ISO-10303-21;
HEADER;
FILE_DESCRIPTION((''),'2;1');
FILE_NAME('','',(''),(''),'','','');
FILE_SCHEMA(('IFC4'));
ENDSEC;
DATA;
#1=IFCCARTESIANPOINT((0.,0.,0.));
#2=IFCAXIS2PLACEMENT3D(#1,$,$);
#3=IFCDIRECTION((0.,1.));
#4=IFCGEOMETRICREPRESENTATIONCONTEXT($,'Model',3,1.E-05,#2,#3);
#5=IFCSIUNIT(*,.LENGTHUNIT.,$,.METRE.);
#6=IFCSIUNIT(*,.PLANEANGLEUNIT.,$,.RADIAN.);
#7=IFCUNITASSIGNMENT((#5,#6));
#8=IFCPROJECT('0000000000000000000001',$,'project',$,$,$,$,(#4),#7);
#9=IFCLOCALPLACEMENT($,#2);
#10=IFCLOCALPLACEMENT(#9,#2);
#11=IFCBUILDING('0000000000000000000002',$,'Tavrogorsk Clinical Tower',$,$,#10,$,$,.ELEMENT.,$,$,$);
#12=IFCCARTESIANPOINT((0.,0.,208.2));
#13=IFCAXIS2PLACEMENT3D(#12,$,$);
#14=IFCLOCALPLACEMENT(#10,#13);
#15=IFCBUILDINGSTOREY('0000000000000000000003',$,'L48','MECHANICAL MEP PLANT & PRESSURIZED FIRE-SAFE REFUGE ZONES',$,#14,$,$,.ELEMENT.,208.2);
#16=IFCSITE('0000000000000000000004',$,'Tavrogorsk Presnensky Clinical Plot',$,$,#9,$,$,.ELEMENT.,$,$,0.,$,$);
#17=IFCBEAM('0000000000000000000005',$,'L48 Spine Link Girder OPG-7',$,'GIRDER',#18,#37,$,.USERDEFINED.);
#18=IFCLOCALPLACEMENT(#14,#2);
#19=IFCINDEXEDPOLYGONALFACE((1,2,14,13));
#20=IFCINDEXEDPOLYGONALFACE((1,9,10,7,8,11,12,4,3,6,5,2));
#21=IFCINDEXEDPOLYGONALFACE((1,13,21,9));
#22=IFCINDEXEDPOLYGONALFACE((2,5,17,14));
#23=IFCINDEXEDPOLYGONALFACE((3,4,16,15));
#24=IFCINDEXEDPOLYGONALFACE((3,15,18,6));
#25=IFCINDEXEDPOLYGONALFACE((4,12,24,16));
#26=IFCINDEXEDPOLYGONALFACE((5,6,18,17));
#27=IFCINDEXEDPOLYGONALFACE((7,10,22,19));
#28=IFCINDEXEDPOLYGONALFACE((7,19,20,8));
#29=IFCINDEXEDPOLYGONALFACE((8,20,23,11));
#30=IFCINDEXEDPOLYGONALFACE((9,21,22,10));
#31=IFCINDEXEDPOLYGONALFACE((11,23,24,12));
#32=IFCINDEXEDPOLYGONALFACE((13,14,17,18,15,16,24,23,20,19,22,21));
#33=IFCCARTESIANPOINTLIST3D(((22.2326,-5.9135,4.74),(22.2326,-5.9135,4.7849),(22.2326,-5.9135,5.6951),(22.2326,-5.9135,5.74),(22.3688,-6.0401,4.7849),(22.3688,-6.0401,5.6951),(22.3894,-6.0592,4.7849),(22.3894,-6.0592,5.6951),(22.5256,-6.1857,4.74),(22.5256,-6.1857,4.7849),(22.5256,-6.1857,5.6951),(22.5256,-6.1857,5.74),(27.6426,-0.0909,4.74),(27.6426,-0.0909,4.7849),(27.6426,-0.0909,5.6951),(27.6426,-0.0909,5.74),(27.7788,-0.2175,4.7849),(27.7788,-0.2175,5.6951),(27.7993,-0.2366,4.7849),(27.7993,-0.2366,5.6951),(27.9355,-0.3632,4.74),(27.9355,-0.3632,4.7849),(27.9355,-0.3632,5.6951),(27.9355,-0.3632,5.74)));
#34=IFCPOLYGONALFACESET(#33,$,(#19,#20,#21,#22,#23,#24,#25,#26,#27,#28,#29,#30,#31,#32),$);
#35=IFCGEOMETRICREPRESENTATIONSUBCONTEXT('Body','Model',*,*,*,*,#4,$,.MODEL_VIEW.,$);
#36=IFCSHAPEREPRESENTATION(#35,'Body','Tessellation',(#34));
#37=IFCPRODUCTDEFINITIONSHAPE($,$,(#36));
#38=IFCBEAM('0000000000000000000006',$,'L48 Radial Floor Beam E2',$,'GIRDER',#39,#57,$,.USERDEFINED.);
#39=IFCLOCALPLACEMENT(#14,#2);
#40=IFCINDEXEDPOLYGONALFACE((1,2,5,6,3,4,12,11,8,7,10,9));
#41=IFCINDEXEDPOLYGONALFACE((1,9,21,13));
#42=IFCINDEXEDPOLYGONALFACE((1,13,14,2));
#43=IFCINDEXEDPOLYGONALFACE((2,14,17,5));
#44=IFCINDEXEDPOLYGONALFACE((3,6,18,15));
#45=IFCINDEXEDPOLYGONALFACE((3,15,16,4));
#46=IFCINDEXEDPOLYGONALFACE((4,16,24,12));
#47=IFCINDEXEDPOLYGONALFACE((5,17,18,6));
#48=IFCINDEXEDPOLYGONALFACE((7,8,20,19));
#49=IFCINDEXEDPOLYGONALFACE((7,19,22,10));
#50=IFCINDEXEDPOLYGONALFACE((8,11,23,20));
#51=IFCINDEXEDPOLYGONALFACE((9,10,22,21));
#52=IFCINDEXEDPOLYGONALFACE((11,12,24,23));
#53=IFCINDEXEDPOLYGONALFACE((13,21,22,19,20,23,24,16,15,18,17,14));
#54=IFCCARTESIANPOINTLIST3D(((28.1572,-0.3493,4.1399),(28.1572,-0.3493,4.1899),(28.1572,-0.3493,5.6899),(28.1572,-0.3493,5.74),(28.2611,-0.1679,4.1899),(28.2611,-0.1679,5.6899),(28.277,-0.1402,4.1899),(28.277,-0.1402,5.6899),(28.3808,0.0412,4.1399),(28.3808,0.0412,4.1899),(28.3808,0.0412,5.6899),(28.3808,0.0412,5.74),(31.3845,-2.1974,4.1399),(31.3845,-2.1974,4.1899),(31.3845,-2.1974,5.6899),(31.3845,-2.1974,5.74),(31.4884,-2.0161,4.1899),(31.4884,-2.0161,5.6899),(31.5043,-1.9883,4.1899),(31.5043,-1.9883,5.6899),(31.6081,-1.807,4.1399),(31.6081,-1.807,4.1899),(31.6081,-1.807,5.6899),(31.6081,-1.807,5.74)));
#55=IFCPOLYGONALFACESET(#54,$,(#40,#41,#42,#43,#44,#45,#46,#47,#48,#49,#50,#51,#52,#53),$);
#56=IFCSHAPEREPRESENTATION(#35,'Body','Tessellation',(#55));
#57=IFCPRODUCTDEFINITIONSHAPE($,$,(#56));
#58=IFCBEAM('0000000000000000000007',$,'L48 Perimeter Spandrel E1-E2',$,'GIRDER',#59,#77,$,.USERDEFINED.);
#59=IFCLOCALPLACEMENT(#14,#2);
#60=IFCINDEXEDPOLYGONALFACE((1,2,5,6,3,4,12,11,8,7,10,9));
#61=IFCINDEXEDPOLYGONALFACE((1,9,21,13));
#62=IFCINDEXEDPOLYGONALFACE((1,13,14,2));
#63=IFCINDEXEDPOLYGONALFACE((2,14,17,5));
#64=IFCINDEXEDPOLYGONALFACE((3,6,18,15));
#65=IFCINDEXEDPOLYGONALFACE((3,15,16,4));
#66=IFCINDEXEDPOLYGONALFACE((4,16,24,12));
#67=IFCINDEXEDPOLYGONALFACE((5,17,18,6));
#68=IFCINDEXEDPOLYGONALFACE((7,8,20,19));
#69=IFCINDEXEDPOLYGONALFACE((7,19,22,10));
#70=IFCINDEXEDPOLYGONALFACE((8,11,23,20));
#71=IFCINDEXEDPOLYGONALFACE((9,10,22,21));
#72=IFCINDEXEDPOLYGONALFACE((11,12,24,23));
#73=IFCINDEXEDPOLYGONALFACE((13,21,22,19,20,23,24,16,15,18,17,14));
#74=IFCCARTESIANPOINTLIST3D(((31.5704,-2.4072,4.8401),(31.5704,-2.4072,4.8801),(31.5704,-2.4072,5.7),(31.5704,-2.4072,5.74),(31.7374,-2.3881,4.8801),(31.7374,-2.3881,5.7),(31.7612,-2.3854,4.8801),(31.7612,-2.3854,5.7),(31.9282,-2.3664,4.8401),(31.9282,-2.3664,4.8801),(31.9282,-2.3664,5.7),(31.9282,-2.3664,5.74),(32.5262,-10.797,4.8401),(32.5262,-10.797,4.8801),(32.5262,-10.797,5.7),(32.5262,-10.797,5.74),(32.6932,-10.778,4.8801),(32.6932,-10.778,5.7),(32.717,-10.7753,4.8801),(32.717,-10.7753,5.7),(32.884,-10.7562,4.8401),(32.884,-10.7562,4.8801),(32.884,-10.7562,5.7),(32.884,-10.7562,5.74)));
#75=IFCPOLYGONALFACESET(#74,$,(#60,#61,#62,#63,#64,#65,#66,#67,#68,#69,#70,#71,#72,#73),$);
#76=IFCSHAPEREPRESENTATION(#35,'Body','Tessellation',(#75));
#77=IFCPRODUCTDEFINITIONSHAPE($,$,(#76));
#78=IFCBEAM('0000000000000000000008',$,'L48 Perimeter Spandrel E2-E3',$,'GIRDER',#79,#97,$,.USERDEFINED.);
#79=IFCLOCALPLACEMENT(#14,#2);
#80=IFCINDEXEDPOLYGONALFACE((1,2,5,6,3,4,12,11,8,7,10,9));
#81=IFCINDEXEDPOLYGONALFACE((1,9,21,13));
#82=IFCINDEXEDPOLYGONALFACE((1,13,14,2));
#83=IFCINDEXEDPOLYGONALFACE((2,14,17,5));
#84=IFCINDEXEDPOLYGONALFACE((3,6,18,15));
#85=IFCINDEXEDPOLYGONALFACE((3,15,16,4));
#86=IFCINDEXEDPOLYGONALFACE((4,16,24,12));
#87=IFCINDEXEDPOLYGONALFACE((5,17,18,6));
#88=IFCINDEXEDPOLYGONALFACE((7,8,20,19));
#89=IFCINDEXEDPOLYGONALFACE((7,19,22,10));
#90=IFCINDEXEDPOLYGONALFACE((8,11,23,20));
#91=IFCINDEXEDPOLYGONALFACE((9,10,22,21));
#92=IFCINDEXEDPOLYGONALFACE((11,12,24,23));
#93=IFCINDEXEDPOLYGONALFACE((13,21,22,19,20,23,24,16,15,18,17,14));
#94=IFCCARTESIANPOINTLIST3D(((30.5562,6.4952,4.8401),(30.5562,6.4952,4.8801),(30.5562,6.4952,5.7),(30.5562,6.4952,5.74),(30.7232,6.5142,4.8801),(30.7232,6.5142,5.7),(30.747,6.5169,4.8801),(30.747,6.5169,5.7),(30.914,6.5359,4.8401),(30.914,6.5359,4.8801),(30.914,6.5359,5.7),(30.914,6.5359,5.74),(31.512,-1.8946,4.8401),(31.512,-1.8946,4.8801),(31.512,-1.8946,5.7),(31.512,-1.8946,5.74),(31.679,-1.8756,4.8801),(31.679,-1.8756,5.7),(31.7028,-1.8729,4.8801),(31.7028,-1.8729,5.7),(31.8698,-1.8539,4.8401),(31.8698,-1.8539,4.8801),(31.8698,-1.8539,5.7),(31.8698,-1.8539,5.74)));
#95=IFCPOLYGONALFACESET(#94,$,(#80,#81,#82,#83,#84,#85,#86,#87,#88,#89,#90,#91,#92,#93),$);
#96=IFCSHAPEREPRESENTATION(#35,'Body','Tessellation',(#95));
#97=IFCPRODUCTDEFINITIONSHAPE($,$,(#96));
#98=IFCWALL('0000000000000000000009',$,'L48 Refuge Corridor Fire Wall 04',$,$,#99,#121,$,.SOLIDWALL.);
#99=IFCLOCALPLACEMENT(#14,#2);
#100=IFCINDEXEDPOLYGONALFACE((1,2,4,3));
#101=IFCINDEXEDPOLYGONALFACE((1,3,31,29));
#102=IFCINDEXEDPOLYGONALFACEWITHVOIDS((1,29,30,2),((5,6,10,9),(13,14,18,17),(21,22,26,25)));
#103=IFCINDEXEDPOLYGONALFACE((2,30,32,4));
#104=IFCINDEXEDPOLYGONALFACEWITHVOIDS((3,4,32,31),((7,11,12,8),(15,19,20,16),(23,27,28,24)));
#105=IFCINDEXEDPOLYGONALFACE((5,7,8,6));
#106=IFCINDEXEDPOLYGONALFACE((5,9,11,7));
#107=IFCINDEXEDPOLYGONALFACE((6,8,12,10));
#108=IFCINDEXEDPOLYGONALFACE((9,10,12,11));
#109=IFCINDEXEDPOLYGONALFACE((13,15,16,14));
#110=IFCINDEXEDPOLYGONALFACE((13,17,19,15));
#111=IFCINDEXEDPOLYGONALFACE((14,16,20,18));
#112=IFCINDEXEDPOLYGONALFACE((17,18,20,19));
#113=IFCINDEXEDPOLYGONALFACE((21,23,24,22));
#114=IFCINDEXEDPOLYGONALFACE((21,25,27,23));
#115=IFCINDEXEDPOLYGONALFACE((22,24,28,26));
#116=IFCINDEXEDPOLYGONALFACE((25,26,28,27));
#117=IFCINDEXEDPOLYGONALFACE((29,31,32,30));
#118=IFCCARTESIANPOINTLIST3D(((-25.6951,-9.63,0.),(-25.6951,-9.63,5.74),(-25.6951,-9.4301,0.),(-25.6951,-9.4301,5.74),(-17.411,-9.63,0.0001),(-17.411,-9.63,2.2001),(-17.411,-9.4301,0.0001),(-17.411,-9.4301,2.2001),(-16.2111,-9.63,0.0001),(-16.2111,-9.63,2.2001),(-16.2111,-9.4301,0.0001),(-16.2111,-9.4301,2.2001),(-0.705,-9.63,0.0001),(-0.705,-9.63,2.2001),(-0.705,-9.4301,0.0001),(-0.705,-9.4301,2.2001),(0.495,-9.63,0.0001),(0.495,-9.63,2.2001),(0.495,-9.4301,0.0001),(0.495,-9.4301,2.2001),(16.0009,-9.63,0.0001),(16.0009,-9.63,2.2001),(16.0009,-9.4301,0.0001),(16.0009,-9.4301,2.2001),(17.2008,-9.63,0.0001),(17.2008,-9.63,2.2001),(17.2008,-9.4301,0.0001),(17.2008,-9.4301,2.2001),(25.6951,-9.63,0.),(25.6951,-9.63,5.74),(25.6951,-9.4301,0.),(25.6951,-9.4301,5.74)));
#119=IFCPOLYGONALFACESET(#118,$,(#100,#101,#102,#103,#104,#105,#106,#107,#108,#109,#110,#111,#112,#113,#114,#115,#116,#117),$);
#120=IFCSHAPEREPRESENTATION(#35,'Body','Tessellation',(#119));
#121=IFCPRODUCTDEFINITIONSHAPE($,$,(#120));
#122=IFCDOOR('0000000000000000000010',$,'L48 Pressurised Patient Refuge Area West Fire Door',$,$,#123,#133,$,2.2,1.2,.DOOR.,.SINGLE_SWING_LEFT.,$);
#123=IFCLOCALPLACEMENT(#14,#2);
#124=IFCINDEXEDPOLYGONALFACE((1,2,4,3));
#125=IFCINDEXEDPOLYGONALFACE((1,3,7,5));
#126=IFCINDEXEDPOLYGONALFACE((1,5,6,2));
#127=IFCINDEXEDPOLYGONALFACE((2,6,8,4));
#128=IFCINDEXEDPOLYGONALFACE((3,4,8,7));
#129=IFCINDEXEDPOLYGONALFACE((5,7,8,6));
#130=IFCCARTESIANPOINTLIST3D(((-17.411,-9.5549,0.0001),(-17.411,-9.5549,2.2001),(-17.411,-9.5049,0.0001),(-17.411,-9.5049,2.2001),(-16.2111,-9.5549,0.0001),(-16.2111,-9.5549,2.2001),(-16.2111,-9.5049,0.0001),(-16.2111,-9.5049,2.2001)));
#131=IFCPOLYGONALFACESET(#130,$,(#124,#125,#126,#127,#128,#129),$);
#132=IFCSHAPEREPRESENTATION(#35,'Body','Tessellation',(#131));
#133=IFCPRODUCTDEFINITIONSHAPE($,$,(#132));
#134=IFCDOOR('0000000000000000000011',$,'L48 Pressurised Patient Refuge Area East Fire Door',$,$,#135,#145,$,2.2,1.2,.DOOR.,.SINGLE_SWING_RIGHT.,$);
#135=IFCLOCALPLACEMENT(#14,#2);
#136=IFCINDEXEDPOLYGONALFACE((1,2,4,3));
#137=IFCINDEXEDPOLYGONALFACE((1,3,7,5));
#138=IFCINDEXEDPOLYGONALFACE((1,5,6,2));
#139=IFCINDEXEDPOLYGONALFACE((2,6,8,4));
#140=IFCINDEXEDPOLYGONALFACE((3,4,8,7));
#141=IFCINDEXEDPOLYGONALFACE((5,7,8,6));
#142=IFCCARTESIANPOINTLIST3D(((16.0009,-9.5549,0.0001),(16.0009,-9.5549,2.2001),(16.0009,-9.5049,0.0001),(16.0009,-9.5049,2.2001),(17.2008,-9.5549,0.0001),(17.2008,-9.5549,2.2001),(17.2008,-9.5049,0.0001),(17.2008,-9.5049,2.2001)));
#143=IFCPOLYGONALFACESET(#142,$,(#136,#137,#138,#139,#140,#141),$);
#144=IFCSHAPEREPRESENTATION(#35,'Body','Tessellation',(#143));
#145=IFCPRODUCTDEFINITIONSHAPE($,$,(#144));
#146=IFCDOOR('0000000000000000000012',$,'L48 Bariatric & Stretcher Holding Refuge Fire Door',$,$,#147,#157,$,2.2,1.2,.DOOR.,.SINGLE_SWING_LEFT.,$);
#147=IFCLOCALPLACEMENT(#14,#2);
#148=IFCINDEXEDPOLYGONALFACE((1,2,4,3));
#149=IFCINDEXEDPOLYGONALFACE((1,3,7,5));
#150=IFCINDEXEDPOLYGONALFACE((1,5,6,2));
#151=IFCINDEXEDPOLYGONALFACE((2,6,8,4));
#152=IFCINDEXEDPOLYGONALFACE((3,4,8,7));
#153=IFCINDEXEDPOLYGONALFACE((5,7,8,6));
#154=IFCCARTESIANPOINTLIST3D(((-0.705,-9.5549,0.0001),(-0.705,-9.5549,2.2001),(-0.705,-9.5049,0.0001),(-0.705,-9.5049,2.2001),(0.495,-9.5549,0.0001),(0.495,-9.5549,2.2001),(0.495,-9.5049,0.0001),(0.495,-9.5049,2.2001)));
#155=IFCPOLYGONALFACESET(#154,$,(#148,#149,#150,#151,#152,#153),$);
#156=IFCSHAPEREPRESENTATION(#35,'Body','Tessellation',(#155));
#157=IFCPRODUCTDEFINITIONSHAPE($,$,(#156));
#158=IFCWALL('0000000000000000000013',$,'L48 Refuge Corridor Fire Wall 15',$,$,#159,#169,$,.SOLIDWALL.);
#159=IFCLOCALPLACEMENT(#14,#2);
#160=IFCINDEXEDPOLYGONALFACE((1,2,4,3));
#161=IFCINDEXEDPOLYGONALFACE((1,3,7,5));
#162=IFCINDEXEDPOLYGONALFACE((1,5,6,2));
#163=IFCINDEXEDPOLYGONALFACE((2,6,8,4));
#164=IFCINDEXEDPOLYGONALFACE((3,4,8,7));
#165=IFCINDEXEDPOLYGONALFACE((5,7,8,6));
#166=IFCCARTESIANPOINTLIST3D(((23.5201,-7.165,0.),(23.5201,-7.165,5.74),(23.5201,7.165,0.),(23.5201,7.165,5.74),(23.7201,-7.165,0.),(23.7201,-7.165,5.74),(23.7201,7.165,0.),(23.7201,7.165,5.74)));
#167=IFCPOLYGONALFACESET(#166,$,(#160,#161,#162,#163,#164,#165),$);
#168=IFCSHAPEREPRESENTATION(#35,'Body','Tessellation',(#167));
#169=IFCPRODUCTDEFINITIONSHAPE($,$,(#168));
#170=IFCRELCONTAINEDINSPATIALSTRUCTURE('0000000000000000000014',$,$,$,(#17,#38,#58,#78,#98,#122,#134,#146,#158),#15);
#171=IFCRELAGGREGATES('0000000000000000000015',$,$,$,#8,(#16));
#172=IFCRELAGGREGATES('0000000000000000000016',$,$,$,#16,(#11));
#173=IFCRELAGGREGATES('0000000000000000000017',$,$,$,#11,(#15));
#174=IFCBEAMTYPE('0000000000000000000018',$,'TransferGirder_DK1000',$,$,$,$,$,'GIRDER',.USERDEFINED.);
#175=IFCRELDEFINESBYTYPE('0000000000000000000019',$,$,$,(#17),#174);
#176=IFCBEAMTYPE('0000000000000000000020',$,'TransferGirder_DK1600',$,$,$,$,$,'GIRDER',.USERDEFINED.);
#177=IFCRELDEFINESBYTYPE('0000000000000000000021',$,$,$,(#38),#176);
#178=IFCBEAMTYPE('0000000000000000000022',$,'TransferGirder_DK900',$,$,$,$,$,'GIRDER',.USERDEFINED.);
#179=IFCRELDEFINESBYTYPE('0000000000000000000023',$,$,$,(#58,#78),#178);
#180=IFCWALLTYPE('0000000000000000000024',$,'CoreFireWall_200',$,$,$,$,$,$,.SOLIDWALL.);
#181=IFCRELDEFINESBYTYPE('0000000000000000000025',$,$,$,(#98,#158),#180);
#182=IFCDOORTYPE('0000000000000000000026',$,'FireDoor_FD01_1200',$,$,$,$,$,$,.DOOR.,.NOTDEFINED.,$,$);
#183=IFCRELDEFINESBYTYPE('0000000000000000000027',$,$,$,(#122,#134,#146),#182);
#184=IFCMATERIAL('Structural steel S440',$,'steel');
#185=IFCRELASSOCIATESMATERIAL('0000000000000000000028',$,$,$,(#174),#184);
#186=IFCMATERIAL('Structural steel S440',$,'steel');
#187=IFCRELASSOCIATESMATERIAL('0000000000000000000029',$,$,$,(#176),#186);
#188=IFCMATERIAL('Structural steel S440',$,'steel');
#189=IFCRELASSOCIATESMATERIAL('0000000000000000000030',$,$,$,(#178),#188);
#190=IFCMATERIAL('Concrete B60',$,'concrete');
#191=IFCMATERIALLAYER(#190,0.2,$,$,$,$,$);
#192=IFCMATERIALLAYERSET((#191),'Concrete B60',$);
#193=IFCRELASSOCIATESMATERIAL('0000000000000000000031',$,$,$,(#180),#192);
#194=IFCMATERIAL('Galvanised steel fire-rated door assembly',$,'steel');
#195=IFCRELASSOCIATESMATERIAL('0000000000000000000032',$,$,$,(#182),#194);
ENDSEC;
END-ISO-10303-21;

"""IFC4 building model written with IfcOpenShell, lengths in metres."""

from ifc_helpers import new_model, si_unit, direction, frame, frame_2d, origin, origin_2d, place, context, subcontext, project, spatial, rectangle, i_section, extrude, material, layer, layer_set, material_profile, profile_set, type_object, element, fill, save


model = new_model("IFC4")

# Units and contexts
model_context = context("Model", 3, precision=1e-05, world=origin(), true_north=direction((0.0, 1.0)))
body_context = subcontext(model_context, "Body", "Model", "MODEL_VIEW")
ifc_project = project(units=[si_unit("LENGTHUNIT", "METRE"), si_unit("PLANEANGLEUNIT", "RADIAN")], contexts=[model_context])

# Site, building, storey
site_placement = place(None, origin())
site = spatial("IfcSite", under=ifc_project, at=site_placement, Name="Tavrogorsk Presnensky Clinical Plot", CompositionType="ELEMENT", RefElevation=0.0)
building_placement = place(site_placement, origin())
building = spatial("IfcBuilding", under=site, at=building_placement, Name="Tavrogorsk Clinical Tower", CompositionType="ELEMENT")
storey_placement = place(building_placement, frame((0.0, 0.0, 208.2)))
storey = spatial("IfcBuildingStorey", under=building, at=storey_placement, Name="L48", Description="MECHANICAL MEP PLANT & PRESSURIZED FIRE-SAFE REFUGE ZONES", CompositionType="ELEMENT", Elevation=208.2)

# Beams
ifc_material_1 = material(Name="Structural steel S440", Category="steel")
ifc_material_profile_1 = material_profile(ifc_material_1, i_section(OverallWidth=0.3999, OverallDepth=1.0, WebThickness=0.0281, FlangeThickness=0.0449, at=origin_2d()), Name="DK-1000x400x28x45")
ifc_profile_set_1 = profile_set([ifc_material_profile_1], Name="Structural steel S440")
beam_type_1 = type_object("IfcBeamType", Name="TransferGirder_DK1000", ElementType="GIRDER", PredefinedType="USERDEFINED", material=ifc_profile_set_1)
beam_1_placement = place(storey_placement, frame((27.7891, -0.2271, 5.24), z_axis=(-0.680674, -0.732587, 0.0), x_axis=(0.732587, -0.680674, 0.0)))
element("IfcBeam", 1, at=beam_1_placement, inside=storey, type_object=beam_type_1, Name="L48 Spine Link Girder OPG-7", ObjectType="GIRDER", PredefinedType="USERDEFINED", context=body_context, shape_type="SweptSolid", body=[
    extrude(i_section(OverallWidth=0.3999, OverallDepth=1.0, WebThickness=0.0281, FlangeThickness=0.0449, at=origin_2d()), origin(), (0.0, 0.0, 1.0), 7.948),
])
ifc_material_2 = material(Name="Structural steel S440", Category="steel")
ifc_material_profile_2 = material_profile(ifc_material_2, i_section(OverallWidth=0.45, OverallDepth=1.6001, WebThickness=0.032, FlangeThickness=0.05, at=origin_2d()), Name="DK-1600x450x32x50")
ifc_profile_set_2 = profile_set([ifc_material_profile_2], Name="Structural steel S440")
beam_type_2 = type_object("IfcBeamType", Name="TransferGirder_DK1600", ElementType="GIRDER", PredefinedType="USERDEFINED", material=ifc_profile_set_2)
beam_2_placement = place(storey_placement, frame((28.269, -0.1541, 4.9399), z_axis=(0.867782, -0.496945, 0.0), x_axis=(0.496945, 0.867782, 0.0)))
element("IfcBeam", 2, at=beam_2_placement, inside=storey, type_object=beam_type_2, Name="L48 Radial Floor Beam E2", ObjectType="GIRDER", PredefinedType="USERDEFINED", context=body_context, shape_type="SweptSolid", body=[
    extrude(i_section(OverallWidth=0.45, OverallDepth=1.6001, WebThickness=0.032, FlangeThickness=0.05, at=origin_2d()), origin(), (0.0, 0.0, 1.0), 3.719),
])
ifc_material_3 = material(Name="Structural steel S440", Category="steel")
ifc_material_profile_3 = material_profile(ifc_material_3, i_section(OverallWidth=0.3601, OverallDepth=0.8999, WebThickness=0.0239, FlangeThickness=0.04, at=origin_2d()), Name="DK-900x360x24x40")
ifc_profile_set_3 = profile_set([ifc_material_profile_3], Name="Structural steel S440")
beam_type_3 = type_object("IfcBeamType", Name="TransferGirder_DK900", ElementType="GIRDER", PredefinedType="USERDEFINED", material=ifc_profile_set_3)
for number, where, z_axis, x_axis, name in (
    (3, (32.7051, -10.7766, 5.29), (-0.113192, 0.993573, 0.0), (-0.993573, -0.113192, 0.0), "L48 Perimeter Spandrel E1-E2"),
    (4, (31.6909, -1.8743, 5.29), (-0.113192, 0.993573, 0.0), (-0.993573, -0.113192, 0.0), "L48 Perimeter Spandrel E2-E3"),
):
    element("IfcBeam", number, at=place(storey_placement, frame(where, z_axis=z_axis, x_axis=x_axis)), inside=storey, type_object=beam_type_3, Name=name, ObjectType="GIRDER", PredefinedType="USERDEFINED", context=body_context, shape_type="SweptSolid", body=[
        extrude(i_section(OverallWidth=0.3601, OverallDepth=0.8999, WebThickness=0.0239, FlangeThickness=0.04, at=origin_2d()), origin(), (0.0, 0.0, 1.0), 8.4441),
    ])

# Wall, openings, doors
ifc_material_4 = material(Name="Concrete B60", Category="concrete")
ifc_layer_1 = layer(ifc_material_4, 0.2)
ifc_layer_set_1 = layer_set([ifc_layer_1], Name="Concrete B60")
wall_type_1 = type_object("IfcWallType", Name="CoreFireWall_200", PredefinedType="SOLIDWALL", material=ifc_layer_set_1)
wall_1_placement = place(storey_placement, frame((25.6951, -9.53, 0.0), z_axis=(0.0, 0.0, 1.0), x_axis=(-1.0, 0.0, 0.0)))
wall_1 = element("IfcWall", 5, at=wall_1_placement, inside=storey, type_object=wall_type_1, Name="L48 Refuge Corridor Fire Wall 04", PredefinedType="SOLIDWALL", context=body_context, shape_type="SweptSolid", body=[
    extrude(rectangle(XDim=51.3901, YDim=0.2, at=frame_2d((25.6951, 0.0))), origin(), (0.0, 0.0, 1.0), 5.74),
])
opening_1_placement = place(wall_1_placement, frame((41.906, 0.0, 0.0)))
opening_1 = element("IfcOpeningElement", 6, at=opening_1_placement, cuts=wall_1, PredefinedType="OPENING", context=body_context, shape_type="SweptSolid", body=[
    extrude(rectangle(XDim=1.2, YDim=2.2, at=frame_2d((0.6001, 1.1001))), frame((0.0, 0.1099, 0.0), z_axis=(0.0, -1.0, 0.0), x_axis=(1.0, 0.0, 0.0)), (0.0, 0.0, 1.0), 0.22),
])
opening_2_placement = place(wall_1_placement, frame((8.4941, 0.0, 0.0)))
opening_2 = element("IfcOpeningElement", 7, at=opening_2_placement, cuts=wall_1, PredefinedType="OPENING", context=body_context, shape_type="SweptSolid", body=[
    extrude(rectangle(XDim=1.2, YDim=2.2, at=frame_2d((0.6001, 1.1001))), frame((0.0, 0.1099, 0.0), z_axis=(0.0, -1.0, 0.0), x_axis=(1.0, 0.0, 0.0)), (0.0, 0.0, 1.0), 0.22),
])
opening_3_placement = place(wall_1_placement, frame((25.2, 0.0, 0.0)))
opening_3 = element("IfcOpeningElement", 8, at=opening_3_placement, cuts=wall_1, PredefinedType="OPENING", context=body_context, shape_type="SweptSolid", body=[
    extrude(rectangle(XDim=1.2, YDim=2.2, at=frame_2d((0.6001, 1.1001))), frame((0.0, 0.1099, 0.0), z_axis=(0.0, -1.0, 0.0), x_axis=(1.0, 0.0, 0.0)), (0.0, 0.0, 1.0), 0.22),
])
ifc_material_5 = material(Name="Galvanised steel fire-rated door assembly", Category="steel")
door_type = type_object("IfcDoorType", Name="FireDoor_FD01_1200", OperationType="NOTDEFINED", PredefinedType="DOOR", material=ifc_material_5)
door_1_placement = place(opening_1_placement, origin())
door_1 = element("IfcDoor", 9, at=door_1_placement, inside=storey, type_object=door_type, Name="L48 Pressurised Patient Refuge Area West Fire Door", OperationType="SINGLE_SWING_LEFT", OverallHeight=2.2, OverallWidth=1.2, PredefinedType="DOOR", context=body_context, shape_type="SweptSolid", body=[
    extrude(rectangle(XDim=1.2, YDim=2.2, at=frame_2d((0.6001, 1.1001))), frame((0.0, 0.0249, 0.0), z_axis=(0.0, -1.0, 0.0), x_axis=(1.0, 0.0, 0.0)), (0.0, 0.0, 1.0), 0.05),
])
fill(opening_1, door_1)
door_2_placement = place(opening_2_placement, origin())
door_2 = element("IfcDoor", 10, at=door_2_placement, inside=storey, type_object=door_type, Name="L48 Pressurised Patient Refuge Area East Fire Door", OperationType="SINGLE_SWING_RIGHT", OverallHeight=2.2, OverallWidth=1.2, PredefinedType="DOOR", context=body_context, shape_type="SweptSolid", body=[
    extrude(rectangle(XDim=1.2, YDim=2.2, at=frame_2d((0.6001, 1.1001))), frame((0.0, 0.0249, 0.0), z_axis=(0.0, -1.0, 0.0), x_axis=(1.0, 0.0, 0.0)), (0.0, 0.0, 1.0), 0.05),
])
fill(opening_2, door_2)
door_3_placement = place(opening_3_placement, origin())
door_3 = element("IfcDoor", 11, at=door_3_placement, inside=storey, type_object=door_type, Name="L48 Bariatric & Stretcher Holding Refuge Fire Door", OperationType="SINGLE_SWING_LEFT", OverallHeight=2.2, OverallWidth=1.2, PredefinedType="DOOR", context=body_context, shape_type="SweptSolid", body=[
    extrude(rectangle(XDim=1.2, YDim=2.2, at=frame_2d((0.6001, 1.1001))), frame((0.0, 0.0249, 0.0), z_axis=(0.0, -1.0, 0.0), x_axis=(1.0, 0.0, 0.0)), (0.0, 0.0, 1.0), 0.05),
])
fill(opening_3, door_3)

# Wall
wall_2_placement = place(storey_placement, frame((23.6201, -7.165, 0.0), z_axis=(0.0, 0.0, 1.0), x_axis=(0.0, 1.0, 0.0)))
element("IfcWall", 12, at=wall_2_placement, inside=storey, type_object=wall_type_1, Name="L48 Refuge Corridor Fire Wall 15", PredefinedType="SOLIDWALL", context=body_context, shape_type="SweptSolid", body=[
    extrude(rectangle(XDim=14.3301, YDim=0.2, at=frame_2d((7.165, 0.0))), origin(), (0.0, 0.0, 1.0), 5.74),
])

save(model, "model.ifc")
